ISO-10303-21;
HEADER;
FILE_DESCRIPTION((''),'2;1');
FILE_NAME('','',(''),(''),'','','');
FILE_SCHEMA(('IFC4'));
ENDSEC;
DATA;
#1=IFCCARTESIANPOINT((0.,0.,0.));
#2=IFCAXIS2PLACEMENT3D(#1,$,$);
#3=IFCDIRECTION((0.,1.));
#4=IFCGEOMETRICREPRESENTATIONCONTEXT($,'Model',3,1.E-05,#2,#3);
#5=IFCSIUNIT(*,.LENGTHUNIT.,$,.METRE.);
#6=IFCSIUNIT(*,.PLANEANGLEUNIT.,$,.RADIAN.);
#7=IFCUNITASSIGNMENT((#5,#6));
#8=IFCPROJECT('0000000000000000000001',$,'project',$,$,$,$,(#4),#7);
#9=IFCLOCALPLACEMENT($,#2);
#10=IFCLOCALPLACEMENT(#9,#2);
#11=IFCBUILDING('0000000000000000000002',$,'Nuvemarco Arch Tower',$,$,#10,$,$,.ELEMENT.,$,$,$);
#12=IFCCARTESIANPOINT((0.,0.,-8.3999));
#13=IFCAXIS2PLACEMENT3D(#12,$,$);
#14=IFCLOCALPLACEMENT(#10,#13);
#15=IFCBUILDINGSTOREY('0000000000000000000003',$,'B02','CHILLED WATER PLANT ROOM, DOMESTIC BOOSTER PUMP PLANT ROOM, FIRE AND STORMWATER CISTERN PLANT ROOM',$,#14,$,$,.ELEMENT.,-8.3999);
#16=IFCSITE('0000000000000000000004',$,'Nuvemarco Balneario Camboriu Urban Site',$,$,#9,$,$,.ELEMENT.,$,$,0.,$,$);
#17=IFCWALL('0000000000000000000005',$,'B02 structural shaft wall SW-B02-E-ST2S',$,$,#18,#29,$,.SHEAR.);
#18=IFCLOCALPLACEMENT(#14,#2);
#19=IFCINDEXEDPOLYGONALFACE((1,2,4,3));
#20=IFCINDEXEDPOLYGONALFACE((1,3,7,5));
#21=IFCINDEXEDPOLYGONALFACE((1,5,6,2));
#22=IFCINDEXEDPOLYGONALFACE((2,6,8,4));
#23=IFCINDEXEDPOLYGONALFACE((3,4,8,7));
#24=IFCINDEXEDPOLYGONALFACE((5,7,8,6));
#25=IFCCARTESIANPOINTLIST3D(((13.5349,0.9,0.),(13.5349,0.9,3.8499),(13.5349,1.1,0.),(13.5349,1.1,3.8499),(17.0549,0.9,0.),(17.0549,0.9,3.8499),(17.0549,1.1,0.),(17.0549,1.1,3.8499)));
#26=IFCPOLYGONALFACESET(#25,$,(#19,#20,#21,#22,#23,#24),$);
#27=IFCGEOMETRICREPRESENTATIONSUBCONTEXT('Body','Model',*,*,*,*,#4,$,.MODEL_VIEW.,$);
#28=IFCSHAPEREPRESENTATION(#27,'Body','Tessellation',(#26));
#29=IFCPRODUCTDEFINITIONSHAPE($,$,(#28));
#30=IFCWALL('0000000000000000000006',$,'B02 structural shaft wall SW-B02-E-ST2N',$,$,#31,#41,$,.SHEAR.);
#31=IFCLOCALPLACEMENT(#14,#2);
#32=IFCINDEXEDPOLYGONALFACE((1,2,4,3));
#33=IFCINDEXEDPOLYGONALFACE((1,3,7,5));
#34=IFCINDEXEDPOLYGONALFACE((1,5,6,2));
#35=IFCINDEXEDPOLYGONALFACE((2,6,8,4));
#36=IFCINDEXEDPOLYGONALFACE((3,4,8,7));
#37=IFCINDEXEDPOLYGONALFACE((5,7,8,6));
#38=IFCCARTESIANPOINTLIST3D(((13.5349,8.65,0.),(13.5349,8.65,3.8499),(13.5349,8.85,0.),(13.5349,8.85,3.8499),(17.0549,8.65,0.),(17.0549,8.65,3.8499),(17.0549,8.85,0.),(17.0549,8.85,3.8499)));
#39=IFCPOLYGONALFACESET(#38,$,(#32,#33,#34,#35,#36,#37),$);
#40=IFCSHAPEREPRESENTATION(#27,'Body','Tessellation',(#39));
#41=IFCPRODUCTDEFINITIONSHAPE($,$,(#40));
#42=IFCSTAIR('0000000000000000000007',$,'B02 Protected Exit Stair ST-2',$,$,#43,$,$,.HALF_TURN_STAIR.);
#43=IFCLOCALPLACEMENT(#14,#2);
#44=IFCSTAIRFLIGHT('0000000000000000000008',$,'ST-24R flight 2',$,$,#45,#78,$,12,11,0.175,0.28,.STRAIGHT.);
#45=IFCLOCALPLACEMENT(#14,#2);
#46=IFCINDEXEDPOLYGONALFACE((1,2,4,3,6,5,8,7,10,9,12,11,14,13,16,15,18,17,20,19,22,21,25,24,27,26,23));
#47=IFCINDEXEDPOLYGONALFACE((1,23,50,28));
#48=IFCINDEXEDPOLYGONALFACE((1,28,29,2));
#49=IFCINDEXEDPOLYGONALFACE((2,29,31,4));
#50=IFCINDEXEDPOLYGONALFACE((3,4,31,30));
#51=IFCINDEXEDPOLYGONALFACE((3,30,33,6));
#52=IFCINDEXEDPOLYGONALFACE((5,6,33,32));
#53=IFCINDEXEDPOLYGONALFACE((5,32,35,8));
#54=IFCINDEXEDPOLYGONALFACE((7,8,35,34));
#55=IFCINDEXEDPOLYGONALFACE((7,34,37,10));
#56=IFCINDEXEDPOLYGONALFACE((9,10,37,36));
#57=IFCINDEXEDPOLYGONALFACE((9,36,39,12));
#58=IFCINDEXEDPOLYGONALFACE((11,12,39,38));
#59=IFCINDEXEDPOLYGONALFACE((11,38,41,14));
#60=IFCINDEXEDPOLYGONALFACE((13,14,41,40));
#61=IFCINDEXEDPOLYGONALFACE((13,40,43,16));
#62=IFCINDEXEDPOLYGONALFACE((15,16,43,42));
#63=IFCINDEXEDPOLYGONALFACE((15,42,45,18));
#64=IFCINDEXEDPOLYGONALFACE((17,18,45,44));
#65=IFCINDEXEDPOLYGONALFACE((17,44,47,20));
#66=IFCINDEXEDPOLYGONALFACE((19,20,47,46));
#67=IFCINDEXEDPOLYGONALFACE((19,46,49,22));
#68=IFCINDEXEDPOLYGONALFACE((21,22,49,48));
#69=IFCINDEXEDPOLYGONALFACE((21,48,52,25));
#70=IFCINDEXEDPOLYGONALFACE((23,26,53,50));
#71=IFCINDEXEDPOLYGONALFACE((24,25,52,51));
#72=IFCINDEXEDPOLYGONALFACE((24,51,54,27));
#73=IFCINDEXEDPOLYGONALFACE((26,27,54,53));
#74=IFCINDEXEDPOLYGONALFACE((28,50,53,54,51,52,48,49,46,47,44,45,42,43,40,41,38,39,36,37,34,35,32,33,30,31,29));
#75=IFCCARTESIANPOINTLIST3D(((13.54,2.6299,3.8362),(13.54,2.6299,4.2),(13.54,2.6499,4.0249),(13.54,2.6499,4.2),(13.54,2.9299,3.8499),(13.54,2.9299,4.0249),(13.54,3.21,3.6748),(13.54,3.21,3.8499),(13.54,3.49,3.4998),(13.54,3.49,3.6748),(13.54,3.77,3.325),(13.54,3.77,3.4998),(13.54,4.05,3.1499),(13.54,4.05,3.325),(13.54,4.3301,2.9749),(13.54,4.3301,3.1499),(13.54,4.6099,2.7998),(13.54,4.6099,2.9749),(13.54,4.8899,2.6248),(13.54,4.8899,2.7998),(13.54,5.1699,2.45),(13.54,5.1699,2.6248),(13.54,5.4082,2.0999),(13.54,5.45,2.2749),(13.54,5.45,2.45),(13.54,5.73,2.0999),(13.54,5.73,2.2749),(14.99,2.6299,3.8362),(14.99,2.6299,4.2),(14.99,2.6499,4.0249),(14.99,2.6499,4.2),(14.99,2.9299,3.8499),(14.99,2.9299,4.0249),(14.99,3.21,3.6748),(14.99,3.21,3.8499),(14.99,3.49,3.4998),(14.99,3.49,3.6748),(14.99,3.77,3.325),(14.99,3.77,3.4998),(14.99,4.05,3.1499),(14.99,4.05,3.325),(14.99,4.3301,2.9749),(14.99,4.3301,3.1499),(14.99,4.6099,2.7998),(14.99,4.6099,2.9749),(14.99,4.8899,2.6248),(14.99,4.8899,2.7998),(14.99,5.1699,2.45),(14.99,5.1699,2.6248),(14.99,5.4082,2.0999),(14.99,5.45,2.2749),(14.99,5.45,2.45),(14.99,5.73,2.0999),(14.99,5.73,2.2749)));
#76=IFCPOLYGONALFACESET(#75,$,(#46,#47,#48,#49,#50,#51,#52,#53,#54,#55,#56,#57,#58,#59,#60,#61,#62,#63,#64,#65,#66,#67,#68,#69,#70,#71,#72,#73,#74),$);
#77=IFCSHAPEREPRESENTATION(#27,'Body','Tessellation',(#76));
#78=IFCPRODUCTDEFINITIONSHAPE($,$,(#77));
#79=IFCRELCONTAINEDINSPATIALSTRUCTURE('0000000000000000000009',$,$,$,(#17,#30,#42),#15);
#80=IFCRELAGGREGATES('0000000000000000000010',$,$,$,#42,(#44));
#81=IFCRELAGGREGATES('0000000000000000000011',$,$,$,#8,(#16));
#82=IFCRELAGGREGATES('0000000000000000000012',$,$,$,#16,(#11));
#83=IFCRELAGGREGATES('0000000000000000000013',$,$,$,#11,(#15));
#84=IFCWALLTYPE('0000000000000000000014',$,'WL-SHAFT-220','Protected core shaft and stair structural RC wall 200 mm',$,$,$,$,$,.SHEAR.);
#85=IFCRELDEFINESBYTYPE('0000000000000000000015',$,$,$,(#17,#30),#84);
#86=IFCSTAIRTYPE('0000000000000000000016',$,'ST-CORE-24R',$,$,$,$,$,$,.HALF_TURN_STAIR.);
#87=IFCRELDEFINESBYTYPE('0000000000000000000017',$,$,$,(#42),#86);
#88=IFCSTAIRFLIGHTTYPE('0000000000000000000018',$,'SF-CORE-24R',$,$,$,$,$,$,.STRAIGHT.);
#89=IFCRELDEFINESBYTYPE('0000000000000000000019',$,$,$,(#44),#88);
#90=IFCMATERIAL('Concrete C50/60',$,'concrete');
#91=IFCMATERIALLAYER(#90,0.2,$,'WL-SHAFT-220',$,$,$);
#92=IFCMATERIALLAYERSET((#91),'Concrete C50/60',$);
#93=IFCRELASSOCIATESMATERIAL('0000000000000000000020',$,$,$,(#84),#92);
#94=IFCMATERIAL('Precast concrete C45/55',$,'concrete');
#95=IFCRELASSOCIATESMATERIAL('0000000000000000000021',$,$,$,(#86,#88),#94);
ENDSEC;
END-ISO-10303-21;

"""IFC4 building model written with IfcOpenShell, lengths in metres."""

from ifc_helpers import new_model, si_unit, direction, frame, frame_2d, origin, place, context, subcontext, project, spatial, polyline, rectangle, outline, extrude, material, layer, layer_set, type_object, element, aggregate, save


model = new_model("IFC4")

# Units and contexts
model_context = context("Model", 3, precision=1e-05, world=origin(), true_north=direction((0.0, 1.0)))
body_context = subcontext(model_context, "Body", "Model", "MODEL_VIEW")
ifc_project = project(units=[si_unit("LENGTHUNIT", "METRE"), si_unit("PLANEANGLEUNIT", "RADIAN")], contexts=[model_context])

# Site, building, storey
site_placement = place(None, origin())
site = spatial("IfcSite", under=ifc_project, at=site_placement, Name="Nuvemarco Balneario Camboriu Urban Site", CompositionType="ELEMENT", RefElevation=0.0)
building_placement = place(site_placement, origin())
building = spatial("IfcBuilding", under=site, at=building_placement, Name="Nuvemarco Arch Tower", CompositionType="ELEMENT")
storey_placement = place(building_placement, frame((0.0, 0.0, -8.3999)))
storey = spatial("IfcBuildingStorey", under=building, at=storey_placement, Name="B02", Description="CHILLED WATER PLANT ROOM, DOMESTIC BOOSTER PUMP PLANT ROOM, FIRE AND STORMWATER CISTERN PLANT ROOM", CompositionType="ELEMENT", Elevation=-8.3999)

# Shared definitions
ifc_material_1 = material(Name="Concrete C50/60", Category="concrete")

# Shared definitions
ifc_material_2 = material(Name="Precast concrete C45/55", Category="concrete")

# Shared definitions
ifc_layer_1 = layer(ifc_material_1, 0.2, Name="WL-SHAFT-220")
ifc_layer_set_1 = layer_set([ifc_layer_1], Name="Concrete C50/60")
wall_type_1 = type_object("IfcWallType", Name="WL-SHAFT-220", Description="Protected core shaft and stair structural RC wall 200 mm", PredefinedType="SHEAR", material=ifc_layer_set_1)

# Walls
for number, where, z_axis, x_axis, name in (
    (1, (13.5349, 1.0, 0.0), (0.0, 0.0, 1.0), (1.0, 0.0, 0.0), "B02 structural shaft wall SW-B02-E-ST2S"),
    (2, (13.5349, 8.75, 0.0), (0.0, 0.0, 1.0), (1.0, 0.0, 0.0), "B02 structural shaft wall SW-B02-E-ST2N"),
):
    element("IfcWall", number, at=place(storey_placement, frame(where, z_axis=z_axis, x_axis=x_axis)), inside=storey, type_object=wall_type_1, Name=name, PredefinedType="SHEAR", context=body_context, shape_type="SweptSolid", body=[
        extrude(rectangle(XDim=3.52, YDim=0.2, at=frame_2d((1.76, 0.0))), origin(), (0.0, 0.0, 1.0), 3.8499),
    ])

# Stair, stair flight
stair_type = type_object("IfcStairType", Name="ST-CORE-24R", PredefinedType="HALF_TURN_STAIR", material=ifc_material_2)
stair_placement = place(storey_placement, origin())
stair = element("IfcStair", 3, at=stair_placement, inside=storey, type_object=stair_type, Name="B02 Protected Exit Stair ST-2", PredefinedType="HALF_TURN_STAIR")
stair_flight_type = type_object("IfcStairFlightType", Name="SF-CORE-24R", PredefinedType="STRAIGHT", material=ifc_material_2)
stair_flight_placement = place(storey_placement, frame((14.2649, 5.73, 2.0999), z_axis=(0.0, 0.0, 1.0), x_axis=(0.0, -1.0, 0.0)))
stair_flight = element("IfcStairFlight", 4, at=stair_flight_placement, type_object=stair_flight_type, Name="ST-24R flight 2", NumberOfRisers=12, NumberOfTreads=11, PredefinedType="STRAIGHT", RiserHeight=0.175, TreadLength=0.28, context=body_context, shape_type="SweptSolid", body=[
    extrude(outline(polyline([(0.0, 0.0), (0.0, 0.175), (0.28, 0.175), (0.28, 0.3501), (0.5601, 0.3501), (0.5601, 0.5249), (0.8401, 0.5249), (0.8401, 0.7), (1.1201, 0.7), (1.1201, 0.875), (1.3999, 0.875), (1.3999, 1.05), (1.6799, 1.05), (1.6799, 1.2251), (1.96, 1.2251), (1.96, 1.3999), (2.24, 1.3999), (2.24, 1.575), (2.52, 1.575), (2.52, 1.75), (2.8, 1.75), (2.8, 1.925), (3.0801, 1.925), (3.0801, 2.1001), (3.1001, 2.1001), (3.1001, 1.7363), (0.3218, 0.0), (0.0, 0.0)])), frame((0.0, 0.7251, 0.0), z_axis=(0.0, -1.0, 0.0), x_axis=(1.0, 0.0, 0.0)), (0.0, 0.0, 1.0), 1.45),
])
aggregate(stair, [stair_flight])

save(model, "model.ifc")
